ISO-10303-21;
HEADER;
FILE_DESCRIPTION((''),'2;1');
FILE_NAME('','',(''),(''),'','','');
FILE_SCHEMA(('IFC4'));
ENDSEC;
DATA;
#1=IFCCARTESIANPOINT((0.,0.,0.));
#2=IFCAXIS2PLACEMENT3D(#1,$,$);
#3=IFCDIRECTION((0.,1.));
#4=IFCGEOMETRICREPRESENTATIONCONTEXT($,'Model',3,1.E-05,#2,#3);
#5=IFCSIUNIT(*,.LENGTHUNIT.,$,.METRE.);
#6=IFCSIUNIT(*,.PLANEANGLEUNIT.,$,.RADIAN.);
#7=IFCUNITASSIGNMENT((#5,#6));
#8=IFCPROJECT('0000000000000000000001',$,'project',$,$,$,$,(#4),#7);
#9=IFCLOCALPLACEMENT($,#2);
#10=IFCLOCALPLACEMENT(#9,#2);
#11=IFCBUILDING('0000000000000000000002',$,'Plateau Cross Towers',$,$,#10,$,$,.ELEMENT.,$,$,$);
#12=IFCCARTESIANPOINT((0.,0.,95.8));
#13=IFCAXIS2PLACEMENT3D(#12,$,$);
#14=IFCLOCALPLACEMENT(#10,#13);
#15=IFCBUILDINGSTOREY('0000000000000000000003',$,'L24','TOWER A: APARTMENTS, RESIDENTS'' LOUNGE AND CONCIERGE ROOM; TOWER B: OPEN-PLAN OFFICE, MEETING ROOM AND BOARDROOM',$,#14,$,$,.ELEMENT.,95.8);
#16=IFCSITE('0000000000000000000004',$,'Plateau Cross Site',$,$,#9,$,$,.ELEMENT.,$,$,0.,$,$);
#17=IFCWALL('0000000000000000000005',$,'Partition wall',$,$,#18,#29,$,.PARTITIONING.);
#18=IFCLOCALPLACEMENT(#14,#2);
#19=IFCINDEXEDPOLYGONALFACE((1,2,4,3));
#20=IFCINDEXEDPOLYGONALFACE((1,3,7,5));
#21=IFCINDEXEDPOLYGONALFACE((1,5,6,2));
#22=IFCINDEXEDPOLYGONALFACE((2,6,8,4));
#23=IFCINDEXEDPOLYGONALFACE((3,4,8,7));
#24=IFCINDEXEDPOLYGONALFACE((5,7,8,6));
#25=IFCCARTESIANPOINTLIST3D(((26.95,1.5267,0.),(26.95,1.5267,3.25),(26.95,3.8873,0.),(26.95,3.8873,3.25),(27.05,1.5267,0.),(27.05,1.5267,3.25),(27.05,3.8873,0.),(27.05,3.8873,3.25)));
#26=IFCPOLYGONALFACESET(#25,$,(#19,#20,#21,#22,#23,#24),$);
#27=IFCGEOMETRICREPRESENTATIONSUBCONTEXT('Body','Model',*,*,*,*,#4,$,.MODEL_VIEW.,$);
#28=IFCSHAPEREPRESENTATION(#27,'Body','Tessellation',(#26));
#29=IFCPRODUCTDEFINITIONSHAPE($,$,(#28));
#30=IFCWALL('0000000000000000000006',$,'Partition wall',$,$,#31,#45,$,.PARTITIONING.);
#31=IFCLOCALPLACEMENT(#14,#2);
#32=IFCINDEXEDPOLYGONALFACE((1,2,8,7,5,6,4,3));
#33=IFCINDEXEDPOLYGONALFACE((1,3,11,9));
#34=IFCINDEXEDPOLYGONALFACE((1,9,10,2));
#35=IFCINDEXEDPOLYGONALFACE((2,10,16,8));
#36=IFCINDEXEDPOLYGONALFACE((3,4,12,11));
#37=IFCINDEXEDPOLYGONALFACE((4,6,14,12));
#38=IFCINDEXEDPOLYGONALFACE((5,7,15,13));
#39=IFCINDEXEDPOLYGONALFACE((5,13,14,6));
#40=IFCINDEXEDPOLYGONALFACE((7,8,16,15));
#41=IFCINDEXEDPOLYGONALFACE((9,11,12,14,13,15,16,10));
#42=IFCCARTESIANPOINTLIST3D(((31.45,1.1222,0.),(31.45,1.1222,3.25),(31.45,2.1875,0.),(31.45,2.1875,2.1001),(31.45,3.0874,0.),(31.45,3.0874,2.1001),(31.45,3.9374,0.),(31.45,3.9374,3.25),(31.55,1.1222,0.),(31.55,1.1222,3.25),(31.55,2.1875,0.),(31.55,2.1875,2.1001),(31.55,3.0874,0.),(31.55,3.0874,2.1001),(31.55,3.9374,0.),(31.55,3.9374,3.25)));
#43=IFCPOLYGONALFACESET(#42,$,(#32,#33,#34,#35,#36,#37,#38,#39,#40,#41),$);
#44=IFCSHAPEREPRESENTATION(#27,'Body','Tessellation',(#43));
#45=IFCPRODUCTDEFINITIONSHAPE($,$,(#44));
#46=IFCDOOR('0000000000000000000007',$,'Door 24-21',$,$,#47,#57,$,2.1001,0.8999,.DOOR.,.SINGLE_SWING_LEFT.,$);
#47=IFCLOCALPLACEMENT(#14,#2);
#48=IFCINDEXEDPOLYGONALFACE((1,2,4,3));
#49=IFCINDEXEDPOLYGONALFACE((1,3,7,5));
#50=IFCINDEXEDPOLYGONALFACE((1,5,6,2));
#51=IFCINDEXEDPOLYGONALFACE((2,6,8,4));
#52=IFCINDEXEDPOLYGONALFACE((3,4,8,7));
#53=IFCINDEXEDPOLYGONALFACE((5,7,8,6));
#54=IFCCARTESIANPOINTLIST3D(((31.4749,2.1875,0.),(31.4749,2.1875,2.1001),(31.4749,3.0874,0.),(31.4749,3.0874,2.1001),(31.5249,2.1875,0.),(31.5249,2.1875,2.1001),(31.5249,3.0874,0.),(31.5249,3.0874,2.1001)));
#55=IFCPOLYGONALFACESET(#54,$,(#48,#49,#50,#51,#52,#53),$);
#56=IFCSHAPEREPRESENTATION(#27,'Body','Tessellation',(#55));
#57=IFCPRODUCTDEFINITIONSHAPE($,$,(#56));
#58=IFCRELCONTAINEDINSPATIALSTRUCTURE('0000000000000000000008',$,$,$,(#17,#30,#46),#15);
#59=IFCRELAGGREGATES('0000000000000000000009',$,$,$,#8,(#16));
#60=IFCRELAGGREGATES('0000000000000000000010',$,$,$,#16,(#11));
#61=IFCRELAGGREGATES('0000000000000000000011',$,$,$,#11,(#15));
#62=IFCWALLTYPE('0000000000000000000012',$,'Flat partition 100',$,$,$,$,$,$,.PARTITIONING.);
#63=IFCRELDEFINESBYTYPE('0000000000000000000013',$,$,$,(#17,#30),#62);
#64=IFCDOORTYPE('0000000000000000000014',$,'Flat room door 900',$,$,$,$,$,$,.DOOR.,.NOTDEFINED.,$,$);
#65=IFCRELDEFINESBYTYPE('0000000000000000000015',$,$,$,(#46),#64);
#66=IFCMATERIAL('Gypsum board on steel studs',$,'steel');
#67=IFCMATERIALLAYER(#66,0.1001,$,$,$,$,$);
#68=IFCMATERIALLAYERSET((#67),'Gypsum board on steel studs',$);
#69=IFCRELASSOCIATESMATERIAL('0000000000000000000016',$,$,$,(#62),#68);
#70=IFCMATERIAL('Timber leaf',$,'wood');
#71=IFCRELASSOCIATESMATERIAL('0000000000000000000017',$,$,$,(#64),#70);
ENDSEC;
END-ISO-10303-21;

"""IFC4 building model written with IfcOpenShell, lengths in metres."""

from ifc_helpers import new_model, si_unit, direction, frame, frame_2d, origin, place, context, subcontext, project, spatial, rectangle, extrude, material, layer, layer_set, type_object, element, fill, save


model = new_model("IFC4")

# Units and contexts
model_context = context("Model", 3, precision=1e-05, world=origin(), true_north=direction((0.0, 1.0)))
body_context = subcontext(model_context, "Body", "Model", "MODEL_VIEW")
ifc_project = project(units=[si_unit("LENGTHUNIT", "METRE"), si_unit("PLANEANGLEUNIT", "RADIAN")], contexts=[model_context])

# Site, building, storey
site_placement = place(None, origin())
site = spatial("IfcSite", under=ifc_project, at=site_placement, Name="Plateau Cross Site", CompositionType="ELEMENT", RefElevation=0.0)
building_placement = place(site_placement, origin())
building = spatial("IfcBuilding", under=site, at=building_placement, Name="Plateau Cross Towers", CompositionType="ELEMENT")
storey_placement = place(building_placement, frame((0.0, 0.0, 95.8)))
storey = spatial("IfcBuildingStorey", under=building, at=storey_placement, Name="L24", Description="TOWER A: APARTMENTS, RESIDENTS' LOUNGE AND CONCIERGE ROOM; TOWER B: OPEN-PLAN OFFICE, MEETING ROOM AND BOARDROOM", CompositionType="ELEMENT", Elevation=95.8)

# Shared definitions
ifc_material_1 = material(Name="Gypsum board on steel studs", Category="steel")
ifc_layer_1 = layer(ifc_material_1, 0.1001)
ifc_layer_set_1 = layer_set([ifc_layer_1], Name="Gypsum board on steel studs")
wall_type_1 = type_object("IfcWallType", Name="Flat partition 100", PredefinedType="PARTITIONING", material=ifc_layer_set_1)
ifc_material_2 = material(Name="Timber leaf", Category="wood")
door_type_1 = type_object("IfcDoorType", Name="Flat room door 900", OperationType="NOTDEFINED", PredefinedType="DOOR", material=ifc_material_2)

# Wall
wall_1_placement = place(storey_placement, frame((27.0, 1.5269, 0.0), z_axis=(0.0, 0.0, 1.0), x_axis=(0.0, 1.0, 0.0)))
element("IfcWall", 1, at=wall_1_placement, inside=storey, type_object=wall_type_1, Name="Partition wall", PredefinedType="PARTITIONING", context=body_context, shape_type="SweptSolid", body=[
    extrude(rectangle(XDim=2.3606, YDim=0.1001, at=frame_2d((1.1802, 0.0))), origin(), (0.0, 0.0, 1.0), 3.25),
])

# Wall, opening, door
wall_2_placement = place(storey_placement, frame((31.5, 3.9375, 0.0), z_axis=(0.0, 0.0, 1.0), x_axis=(0.0, -1.0, 0.0)))
wall_2 = element("IfcWall", 2, at=wall_2_placement, inside=storey, type_object=wall_type_1, Name="Partition wall", PredefinedType="PARTITIONING", context=body_context, shape_type="SweptSolid", body=[
    extrude(rectangle(XDim=2.8152, YDim=0.1001, at=frame_2d((1.4077, 0.0))), origin(), (0.0, 0.0, 1.0), 3.25),
])
opening_1_placement = place(wall_2_placement, frame((0.8501, 0.0, 0.0)))
opening_1 = element("IfcOpeningElement", 3, at=opening_1_placement, cuts=wall_2, PredefinedType="OPENING", context=body_context, shape_type="SweptSolid", body=[
    extrude(rectangle(XDim=0.8999, YDim=2.1001, at=frame_2d((0.45, 1.05))), frame((0.0, 0.0601, 0.0), z_axis=(0.0, -1.0, 0.0), x_axis=(1.0, 0.0, 0.0)), (0.0, 0.0, 1.0), 0.1201),
])
door_1_placement = place(opening_1_placement, origin())
door_1 = element("IfcDoor", 4, at=door_1_placement, inside=storey, type_object=door_type_1, Name="Door 24-21", OperationType="SINGLE_SWING_LEFT", OverallHeight=2.1001, OverallWidth=0.8999, PredefinedType="DOOR", context=body_context, shape_type="SweptSolid", body=[
    extrude(rectangle(XDim=0.8999, YDim=2.1001, at=frame_2d((0.45, 1.05))), frame((0.0, 0.0249, 0.0), z_axis=(0.0, -1.0, 0.0), x_axis=(1.0, 0.0, 0.0)), (0.0, 0.0, 1.0), 0.05),
])
fill(opening_1, door_1)

save(model, "model.ifc")
